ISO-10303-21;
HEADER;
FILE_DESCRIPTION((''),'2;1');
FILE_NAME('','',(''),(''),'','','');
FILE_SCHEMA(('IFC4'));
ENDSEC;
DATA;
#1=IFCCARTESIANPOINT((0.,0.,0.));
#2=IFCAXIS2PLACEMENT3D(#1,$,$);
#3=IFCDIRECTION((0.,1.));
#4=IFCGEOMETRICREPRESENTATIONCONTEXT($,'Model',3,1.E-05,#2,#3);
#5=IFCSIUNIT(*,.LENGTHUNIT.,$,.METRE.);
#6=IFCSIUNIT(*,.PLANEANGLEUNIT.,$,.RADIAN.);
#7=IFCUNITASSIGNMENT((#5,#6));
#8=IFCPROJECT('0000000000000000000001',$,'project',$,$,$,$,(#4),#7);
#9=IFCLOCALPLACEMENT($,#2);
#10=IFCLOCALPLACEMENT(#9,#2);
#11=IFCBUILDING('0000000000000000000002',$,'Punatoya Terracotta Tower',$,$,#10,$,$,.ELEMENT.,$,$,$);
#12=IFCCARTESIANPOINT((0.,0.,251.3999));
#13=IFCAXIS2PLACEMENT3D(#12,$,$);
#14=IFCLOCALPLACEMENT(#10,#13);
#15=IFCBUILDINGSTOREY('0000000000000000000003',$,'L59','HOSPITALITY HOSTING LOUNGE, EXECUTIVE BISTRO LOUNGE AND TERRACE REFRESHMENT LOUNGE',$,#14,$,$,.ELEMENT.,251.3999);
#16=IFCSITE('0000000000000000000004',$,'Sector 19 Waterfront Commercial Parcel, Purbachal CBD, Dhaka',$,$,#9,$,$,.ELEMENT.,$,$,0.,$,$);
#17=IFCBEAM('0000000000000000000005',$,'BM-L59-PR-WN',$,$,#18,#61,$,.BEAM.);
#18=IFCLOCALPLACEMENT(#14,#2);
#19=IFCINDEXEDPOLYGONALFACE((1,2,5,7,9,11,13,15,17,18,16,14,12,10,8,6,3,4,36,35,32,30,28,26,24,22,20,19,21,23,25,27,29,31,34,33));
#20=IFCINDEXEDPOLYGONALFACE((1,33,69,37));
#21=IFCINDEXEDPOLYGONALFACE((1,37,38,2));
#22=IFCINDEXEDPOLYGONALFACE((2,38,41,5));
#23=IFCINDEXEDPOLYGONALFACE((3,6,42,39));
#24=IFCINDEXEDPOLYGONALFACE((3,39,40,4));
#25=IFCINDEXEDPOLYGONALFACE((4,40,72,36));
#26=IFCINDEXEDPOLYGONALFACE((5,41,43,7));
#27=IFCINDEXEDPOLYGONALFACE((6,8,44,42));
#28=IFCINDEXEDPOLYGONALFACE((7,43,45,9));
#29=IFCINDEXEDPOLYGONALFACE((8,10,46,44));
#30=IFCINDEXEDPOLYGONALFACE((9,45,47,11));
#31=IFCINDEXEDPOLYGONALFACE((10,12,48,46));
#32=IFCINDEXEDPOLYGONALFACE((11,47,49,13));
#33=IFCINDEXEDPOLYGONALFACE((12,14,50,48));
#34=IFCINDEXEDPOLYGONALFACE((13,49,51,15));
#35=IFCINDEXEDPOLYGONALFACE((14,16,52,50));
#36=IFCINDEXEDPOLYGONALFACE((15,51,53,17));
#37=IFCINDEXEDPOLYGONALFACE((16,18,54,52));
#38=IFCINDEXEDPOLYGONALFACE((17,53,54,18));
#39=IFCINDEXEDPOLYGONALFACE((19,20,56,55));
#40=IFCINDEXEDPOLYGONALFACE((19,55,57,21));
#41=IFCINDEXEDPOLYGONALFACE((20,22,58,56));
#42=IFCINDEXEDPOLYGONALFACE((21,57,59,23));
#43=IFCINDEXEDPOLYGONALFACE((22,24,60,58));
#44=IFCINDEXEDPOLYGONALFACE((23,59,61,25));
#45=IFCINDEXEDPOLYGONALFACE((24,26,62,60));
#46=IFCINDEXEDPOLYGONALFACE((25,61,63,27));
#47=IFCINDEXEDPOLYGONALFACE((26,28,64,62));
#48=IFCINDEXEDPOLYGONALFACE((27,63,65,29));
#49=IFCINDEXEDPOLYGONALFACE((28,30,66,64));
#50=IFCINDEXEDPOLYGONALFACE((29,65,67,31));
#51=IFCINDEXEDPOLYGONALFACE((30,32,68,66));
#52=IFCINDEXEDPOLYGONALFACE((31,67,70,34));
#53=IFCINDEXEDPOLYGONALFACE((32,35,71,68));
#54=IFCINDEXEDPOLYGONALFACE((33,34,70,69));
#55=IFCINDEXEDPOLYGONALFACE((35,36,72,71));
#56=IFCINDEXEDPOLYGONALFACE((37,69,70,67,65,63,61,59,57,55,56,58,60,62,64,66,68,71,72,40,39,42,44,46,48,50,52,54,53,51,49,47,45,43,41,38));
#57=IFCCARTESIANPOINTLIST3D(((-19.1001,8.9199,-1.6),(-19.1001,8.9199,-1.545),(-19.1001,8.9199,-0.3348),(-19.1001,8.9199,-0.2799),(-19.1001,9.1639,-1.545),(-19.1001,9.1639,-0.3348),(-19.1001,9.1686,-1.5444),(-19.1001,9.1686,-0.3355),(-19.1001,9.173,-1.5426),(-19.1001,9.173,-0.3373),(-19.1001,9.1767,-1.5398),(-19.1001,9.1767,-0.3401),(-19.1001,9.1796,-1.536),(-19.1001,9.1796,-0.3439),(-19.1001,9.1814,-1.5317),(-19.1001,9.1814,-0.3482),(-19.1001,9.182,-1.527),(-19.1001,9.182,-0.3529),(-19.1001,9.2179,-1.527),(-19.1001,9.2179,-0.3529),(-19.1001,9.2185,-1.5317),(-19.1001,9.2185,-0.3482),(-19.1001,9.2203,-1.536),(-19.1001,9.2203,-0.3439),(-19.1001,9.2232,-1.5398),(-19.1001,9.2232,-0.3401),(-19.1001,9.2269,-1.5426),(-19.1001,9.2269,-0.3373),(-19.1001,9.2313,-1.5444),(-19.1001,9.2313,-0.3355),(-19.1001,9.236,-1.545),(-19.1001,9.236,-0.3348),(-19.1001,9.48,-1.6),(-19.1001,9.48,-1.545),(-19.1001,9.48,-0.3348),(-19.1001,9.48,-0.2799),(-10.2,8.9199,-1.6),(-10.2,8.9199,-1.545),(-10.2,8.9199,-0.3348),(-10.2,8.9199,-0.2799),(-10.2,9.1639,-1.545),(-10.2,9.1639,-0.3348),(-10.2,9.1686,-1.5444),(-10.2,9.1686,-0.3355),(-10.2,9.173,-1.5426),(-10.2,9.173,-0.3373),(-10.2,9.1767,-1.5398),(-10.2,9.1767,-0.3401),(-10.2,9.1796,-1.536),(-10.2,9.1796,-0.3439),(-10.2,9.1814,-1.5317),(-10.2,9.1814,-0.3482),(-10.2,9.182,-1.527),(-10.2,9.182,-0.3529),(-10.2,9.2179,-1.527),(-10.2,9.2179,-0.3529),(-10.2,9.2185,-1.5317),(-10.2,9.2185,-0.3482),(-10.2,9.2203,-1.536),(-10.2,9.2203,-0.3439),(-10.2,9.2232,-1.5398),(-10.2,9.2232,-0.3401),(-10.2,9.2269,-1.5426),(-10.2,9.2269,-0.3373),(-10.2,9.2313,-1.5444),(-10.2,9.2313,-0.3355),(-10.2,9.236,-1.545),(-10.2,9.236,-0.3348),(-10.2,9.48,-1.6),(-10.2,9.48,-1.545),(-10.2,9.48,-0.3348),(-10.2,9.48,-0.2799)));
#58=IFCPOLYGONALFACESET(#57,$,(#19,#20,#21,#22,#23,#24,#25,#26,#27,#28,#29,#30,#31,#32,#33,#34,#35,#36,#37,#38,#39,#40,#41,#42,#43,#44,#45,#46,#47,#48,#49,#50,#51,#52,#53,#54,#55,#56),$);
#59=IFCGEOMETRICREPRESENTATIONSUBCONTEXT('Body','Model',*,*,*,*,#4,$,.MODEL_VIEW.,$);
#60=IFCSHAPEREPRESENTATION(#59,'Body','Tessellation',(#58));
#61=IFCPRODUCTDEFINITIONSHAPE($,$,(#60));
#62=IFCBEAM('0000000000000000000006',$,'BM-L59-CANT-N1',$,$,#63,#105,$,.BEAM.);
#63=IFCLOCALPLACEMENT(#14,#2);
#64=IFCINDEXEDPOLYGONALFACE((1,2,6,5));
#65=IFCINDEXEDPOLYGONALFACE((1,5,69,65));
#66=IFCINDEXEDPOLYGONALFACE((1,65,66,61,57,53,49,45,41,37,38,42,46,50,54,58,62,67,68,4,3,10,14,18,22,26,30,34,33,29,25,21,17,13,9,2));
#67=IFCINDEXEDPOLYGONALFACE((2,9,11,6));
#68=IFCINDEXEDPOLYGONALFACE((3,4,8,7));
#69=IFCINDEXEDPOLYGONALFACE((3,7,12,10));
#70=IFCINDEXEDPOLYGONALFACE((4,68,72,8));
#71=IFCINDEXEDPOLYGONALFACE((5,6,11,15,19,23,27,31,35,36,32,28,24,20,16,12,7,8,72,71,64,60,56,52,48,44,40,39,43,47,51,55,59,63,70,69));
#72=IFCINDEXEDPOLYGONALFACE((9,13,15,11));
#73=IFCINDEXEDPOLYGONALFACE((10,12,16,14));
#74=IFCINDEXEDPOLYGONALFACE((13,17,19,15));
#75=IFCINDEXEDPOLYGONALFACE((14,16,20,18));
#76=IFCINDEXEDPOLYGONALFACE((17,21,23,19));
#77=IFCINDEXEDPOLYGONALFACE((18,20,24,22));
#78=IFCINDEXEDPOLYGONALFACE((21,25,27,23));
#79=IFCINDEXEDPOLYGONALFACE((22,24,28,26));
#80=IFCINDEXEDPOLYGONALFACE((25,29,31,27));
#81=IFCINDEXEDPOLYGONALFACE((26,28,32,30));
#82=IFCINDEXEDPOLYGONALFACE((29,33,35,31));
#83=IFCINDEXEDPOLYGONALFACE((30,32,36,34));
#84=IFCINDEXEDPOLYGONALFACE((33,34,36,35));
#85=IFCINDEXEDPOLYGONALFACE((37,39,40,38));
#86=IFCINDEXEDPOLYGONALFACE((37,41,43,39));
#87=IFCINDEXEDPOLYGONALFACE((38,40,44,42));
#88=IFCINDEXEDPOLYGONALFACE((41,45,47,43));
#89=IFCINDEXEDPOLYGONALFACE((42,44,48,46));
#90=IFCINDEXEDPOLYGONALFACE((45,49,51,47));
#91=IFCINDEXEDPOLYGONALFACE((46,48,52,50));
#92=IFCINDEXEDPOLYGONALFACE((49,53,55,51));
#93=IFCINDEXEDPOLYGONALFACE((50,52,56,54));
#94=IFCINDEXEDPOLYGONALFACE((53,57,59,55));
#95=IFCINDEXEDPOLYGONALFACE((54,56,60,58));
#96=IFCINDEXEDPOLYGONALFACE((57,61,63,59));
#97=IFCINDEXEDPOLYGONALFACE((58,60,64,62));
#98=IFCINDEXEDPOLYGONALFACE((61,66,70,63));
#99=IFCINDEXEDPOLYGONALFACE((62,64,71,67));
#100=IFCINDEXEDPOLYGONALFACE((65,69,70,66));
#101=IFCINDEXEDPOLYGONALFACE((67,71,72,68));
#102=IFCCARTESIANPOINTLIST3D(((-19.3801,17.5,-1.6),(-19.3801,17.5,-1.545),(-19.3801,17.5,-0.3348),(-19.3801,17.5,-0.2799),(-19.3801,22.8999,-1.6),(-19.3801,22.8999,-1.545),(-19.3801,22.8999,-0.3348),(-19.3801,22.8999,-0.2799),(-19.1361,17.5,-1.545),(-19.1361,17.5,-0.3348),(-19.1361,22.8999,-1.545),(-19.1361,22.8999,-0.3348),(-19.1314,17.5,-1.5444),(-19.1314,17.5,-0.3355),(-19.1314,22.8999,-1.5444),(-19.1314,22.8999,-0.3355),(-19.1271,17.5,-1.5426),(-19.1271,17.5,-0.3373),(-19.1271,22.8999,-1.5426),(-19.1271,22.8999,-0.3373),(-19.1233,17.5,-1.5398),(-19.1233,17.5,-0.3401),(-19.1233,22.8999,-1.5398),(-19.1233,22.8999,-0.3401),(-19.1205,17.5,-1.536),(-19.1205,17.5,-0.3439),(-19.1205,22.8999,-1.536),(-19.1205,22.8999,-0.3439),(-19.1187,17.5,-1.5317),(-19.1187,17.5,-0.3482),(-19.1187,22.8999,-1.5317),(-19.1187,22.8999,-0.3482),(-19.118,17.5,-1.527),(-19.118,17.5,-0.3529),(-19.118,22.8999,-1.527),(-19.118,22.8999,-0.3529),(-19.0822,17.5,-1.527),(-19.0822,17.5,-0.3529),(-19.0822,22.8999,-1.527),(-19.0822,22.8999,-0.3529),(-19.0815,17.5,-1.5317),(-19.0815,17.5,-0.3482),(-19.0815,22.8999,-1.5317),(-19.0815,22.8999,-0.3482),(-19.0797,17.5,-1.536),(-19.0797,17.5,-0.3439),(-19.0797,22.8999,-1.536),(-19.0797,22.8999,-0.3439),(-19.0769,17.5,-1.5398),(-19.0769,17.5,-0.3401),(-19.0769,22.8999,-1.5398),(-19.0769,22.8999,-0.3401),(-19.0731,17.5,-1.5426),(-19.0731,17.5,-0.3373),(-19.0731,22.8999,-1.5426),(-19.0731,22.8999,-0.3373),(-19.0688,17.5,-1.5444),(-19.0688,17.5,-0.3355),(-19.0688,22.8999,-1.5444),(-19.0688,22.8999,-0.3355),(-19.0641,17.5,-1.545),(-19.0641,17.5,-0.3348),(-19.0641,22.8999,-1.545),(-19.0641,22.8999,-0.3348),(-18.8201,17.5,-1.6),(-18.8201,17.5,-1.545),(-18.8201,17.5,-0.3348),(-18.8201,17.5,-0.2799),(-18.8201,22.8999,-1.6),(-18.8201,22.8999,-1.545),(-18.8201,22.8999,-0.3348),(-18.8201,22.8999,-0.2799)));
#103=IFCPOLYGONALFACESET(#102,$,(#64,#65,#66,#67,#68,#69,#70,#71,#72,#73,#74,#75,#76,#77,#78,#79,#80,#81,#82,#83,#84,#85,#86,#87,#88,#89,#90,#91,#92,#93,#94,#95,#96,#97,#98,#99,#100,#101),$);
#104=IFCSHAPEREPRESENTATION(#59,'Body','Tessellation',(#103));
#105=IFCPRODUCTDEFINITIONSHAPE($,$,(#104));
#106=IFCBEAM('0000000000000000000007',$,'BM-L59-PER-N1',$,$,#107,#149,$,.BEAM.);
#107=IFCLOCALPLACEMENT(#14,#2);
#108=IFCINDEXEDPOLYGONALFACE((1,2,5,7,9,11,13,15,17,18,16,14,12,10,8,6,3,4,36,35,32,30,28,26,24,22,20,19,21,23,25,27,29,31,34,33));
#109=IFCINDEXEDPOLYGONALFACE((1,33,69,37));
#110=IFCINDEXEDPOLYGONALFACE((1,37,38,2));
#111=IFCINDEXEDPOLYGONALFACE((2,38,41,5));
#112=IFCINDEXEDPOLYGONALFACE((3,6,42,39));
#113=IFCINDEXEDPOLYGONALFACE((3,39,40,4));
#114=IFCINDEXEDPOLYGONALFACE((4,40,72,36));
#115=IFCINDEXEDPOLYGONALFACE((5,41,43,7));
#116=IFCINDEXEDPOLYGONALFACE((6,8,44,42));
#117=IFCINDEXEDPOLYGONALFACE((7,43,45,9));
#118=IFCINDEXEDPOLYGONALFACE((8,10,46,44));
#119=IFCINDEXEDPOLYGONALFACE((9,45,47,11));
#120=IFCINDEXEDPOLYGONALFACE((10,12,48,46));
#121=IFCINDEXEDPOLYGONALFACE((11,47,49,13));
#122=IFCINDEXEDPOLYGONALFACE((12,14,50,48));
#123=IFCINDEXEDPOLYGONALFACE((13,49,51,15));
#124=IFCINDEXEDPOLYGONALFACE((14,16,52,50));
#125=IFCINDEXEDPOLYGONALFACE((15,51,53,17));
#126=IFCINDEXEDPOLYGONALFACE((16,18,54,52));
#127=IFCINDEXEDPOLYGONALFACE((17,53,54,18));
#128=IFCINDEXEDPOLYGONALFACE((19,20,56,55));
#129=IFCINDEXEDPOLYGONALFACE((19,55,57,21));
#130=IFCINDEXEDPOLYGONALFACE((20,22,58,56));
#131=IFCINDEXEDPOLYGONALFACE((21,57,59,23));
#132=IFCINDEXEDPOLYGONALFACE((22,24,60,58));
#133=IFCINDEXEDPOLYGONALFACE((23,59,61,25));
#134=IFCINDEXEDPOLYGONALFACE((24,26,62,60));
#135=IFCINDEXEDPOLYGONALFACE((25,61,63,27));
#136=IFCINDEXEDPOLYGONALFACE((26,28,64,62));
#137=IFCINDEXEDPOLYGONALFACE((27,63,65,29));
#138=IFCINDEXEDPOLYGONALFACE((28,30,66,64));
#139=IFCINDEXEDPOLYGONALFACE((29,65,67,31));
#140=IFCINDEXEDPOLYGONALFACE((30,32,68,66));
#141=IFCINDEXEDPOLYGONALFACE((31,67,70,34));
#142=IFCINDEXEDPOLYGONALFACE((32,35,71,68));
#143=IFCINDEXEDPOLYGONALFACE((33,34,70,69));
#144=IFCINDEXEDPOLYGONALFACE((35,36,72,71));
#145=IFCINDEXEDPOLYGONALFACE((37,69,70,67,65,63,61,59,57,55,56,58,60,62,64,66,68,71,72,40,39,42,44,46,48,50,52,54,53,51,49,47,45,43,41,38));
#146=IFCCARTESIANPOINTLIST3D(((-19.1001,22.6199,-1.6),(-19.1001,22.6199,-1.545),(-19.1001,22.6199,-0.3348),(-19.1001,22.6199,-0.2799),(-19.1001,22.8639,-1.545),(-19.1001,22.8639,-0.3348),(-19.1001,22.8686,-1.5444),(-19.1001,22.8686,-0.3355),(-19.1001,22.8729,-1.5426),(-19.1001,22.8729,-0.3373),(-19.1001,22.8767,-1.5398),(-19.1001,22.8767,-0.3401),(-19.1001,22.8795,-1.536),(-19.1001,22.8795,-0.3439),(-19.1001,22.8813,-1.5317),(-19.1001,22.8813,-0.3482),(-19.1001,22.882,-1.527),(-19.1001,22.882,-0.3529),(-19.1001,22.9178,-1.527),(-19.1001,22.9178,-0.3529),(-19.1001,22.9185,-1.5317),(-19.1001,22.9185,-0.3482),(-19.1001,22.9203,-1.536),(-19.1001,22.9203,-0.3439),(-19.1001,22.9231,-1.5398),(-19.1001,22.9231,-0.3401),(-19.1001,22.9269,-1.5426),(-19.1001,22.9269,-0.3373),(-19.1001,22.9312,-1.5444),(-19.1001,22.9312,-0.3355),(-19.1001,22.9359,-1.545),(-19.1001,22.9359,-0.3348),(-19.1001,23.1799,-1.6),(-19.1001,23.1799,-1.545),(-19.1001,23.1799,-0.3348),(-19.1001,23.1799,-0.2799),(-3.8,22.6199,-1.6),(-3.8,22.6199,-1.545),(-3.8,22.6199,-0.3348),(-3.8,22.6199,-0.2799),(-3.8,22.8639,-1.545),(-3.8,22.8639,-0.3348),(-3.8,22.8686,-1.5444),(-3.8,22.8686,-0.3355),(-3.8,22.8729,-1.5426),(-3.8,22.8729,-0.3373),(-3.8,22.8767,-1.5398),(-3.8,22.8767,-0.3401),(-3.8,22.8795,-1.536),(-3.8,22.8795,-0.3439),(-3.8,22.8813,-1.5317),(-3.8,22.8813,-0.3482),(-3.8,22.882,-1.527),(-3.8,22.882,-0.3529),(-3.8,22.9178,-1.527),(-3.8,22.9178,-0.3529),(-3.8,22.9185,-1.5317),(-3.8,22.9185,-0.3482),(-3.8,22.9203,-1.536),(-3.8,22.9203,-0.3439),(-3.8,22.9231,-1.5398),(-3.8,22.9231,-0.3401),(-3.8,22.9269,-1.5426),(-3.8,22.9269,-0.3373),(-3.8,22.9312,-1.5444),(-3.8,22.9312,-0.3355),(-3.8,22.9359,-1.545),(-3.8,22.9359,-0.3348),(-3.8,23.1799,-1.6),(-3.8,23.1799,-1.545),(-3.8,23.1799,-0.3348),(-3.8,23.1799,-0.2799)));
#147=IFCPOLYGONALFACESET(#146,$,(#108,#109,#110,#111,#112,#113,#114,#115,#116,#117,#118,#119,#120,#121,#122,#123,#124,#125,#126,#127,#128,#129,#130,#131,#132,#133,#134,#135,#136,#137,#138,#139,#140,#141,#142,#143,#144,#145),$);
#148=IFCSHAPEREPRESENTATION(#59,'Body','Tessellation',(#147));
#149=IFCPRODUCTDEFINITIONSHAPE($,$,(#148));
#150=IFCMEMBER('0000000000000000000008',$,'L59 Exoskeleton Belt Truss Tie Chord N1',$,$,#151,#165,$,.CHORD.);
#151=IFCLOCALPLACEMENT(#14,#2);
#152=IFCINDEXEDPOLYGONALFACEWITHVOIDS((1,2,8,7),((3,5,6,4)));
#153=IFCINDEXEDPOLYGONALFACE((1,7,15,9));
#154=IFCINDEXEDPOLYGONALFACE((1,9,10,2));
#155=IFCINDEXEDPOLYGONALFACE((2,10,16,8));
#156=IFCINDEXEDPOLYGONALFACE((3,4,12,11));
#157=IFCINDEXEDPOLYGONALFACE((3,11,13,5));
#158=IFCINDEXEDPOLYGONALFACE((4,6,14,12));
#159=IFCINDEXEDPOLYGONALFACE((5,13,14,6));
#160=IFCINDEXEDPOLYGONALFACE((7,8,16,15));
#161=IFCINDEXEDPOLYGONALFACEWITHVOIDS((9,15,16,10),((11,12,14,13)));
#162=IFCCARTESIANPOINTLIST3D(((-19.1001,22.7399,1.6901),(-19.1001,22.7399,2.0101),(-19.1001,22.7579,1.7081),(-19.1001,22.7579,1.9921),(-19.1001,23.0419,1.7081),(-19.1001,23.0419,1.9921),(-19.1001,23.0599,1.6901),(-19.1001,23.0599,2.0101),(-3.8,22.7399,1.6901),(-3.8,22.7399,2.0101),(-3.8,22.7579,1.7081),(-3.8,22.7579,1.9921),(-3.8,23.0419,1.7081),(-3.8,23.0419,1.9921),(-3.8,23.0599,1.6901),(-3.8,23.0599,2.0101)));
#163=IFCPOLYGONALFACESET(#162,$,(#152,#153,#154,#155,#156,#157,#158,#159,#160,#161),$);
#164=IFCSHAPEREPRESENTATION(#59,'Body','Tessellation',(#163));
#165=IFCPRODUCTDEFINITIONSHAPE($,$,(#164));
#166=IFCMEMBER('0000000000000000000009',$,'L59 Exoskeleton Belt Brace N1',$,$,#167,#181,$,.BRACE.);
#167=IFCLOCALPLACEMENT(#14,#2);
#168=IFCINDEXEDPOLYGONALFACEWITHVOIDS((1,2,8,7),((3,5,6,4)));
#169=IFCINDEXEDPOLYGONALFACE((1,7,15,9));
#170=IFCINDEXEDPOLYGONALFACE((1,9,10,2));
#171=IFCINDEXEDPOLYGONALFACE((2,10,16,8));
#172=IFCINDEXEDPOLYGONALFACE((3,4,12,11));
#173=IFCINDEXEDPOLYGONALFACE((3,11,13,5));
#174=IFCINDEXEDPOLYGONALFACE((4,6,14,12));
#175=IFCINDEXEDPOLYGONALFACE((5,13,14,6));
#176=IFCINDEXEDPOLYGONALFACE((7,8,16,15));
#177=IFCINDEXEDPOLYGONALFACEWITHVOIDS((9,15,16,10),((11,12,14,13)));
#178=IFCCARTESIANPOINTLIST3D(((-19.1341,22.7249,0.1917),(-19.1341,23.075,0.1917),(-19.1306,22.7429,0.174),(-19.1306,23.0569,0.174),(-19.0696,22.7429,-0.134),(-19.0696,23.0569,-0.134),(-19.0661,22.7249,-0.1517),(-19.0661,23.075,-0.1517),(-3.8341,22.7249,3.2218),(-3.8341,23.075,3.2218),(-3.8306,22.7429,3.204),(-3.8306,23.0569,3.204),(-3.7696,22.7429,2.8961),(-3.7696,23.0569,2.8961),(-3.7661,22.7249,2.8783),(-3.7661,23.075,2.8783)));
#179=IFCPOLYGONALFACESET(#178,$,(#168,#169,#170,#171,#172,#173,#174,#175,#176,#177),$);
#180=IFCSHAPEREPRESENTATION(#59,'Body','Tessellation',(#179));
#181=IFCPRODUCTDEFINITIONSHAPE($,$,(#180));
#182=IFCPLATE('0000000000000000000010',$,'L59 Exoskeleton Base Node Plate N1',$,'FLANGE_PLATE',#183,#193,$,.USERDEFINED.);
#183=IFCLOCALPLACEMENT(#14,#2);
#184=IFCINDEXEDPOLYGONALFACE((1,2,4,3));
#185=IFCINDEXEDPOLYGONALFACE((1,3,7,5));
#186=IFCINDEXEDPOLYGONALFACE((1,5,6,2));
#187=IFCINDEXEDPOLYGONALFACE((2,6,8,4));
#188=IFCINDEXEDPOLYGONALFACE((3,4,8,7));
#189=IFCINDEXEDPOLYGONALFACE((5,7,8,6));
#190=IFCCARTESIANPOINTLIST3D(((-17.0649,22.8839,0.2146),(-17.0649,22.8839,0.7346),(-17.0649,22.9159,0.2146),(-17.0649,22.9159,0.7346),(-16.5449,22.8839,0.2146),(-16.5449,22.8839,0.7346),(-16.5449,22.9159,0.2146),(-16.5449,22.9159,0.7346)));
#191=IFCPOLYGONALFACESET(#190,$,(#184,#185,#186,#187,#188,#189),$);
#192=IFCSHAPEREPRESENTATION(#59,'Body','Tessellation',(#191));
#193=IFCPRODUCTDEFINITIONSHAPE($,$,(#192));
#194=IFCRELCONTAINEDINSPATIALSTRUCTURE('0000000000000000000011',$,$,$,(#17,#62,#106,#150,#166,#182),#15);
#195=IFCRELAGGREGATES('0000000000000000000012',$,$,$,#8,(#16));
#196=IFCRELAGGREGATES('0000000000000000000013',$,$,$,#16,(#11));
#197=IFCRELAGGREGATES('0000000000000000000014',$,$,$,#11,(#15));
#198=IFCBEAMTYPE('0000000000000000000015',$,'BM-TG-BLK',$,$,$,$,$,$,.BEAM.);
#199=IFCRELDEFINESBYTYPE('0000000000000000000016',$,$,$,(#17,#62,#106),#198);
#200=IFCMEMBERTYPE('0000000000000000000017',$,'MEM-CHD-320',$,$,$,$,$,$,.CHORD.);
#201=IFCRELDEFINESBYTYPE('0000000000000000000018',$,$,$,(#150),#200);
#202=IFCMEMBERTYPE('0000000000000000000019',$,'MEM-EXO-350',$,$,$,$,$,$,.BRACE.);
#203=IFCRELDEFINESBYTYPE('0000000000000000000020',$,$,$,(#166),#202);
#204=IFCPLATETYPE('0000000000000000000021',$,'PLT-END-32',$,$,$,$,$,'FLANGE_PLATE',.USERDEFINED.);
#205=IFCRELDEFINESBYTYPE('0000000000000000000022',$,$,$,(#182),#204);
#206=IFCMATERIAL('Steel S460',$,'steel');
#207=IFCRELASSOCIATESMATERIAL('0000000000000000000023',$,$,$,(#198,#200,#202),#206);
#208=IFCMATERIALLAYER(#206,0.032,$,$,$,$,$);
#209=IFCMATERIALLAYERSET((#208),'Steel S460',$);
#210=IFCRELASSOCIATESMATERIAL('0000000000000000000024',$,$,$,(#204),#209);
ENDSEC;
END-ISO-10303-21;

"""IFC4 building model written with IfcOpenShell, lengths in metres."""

from ifc_helpers import new_model, si_unit, direction, frame, origin, origin_2d, place, context, subcontext, project, spatial, rectangle, hollow_rectangle, i_section, extrude, material, layer, layer_set, material_profile, profile_set, type_object, element, save


model = new_model("IFC4")

# Units and contexts
model_context = context("Model", 3, precision=1e-05, world=origin(), true_north=direction((0.0, 1.0)))
body_context = subcontext(model_context, "Body", "Model", "MODEL_VIEW")
ifc_project = project(units=[si_unit("LENGTHUNIT", "METRE"), si_unit("PLANEANGLEUNIT", "RADIAN")], contexts=[model_context])

# Site, building, storey
site_placement = place(None, origin())
site = spatial("IfcSite", under=ifc_project, at=site_placement, Name="Sector 19 Waterfront Commercial Parcel, Purbachal CBD, Dhaka", CompositionType="ELEMENT", RefElevation=0.0)
building_placement = place(site_placement, origin())
building = spatial("IfcBuilding", under=site, at=building_placement, Name="Punatoya Terracotta Tower", CompositionType="ELEMENT")
storey_placement = place(building_placement, frame((0.0, 0.0, 251.3999)))
storey = spatial("IfcBuildingStorey", under=building, at=storey_placement, Name="L59", Description="HOSPITALITY HOSTING LOUNGE, EXECUTIVE BISTRO LOUNGE AND TERRACE REFRESHMENT LOUNGE", CompositionType="ELEMENT", Elevation=251.3999)

# Shared definitions
ifc_material_1 = material(Name="Steel S460", Category="steel")

# Beams
ifc_material_profile_1 = material_profile(ifc_material_1, i_section(OverallWidth=0.5601, OverallDepth=1.3201, WebThickness=0.0359, FlangeThickness=0.0549, FilletRadius=0.0181, at=origin_2d()))
ifc_profile_set_1 = profile_set([ifc_material_profile_1], Name="Steel S460")
beam_type_1 = type_object("IfcBeamType", Name="BM-TG-BLK", PredefinedType="BEAM", material=ifc_profile_set_1)
beam_1_placement = place(storey_placement, frame((-19.1001, 9.2, -0.9399), z_axis=(1.0, 0.0, 0.0), x_axis=(0.0, 1.0, 0.0)))
element("IfcBeam", 1, at=beam_1_placement, inside=storey, type_object=beam_type_1, Name="BM-L59-PR-WN", PredefinedType="BEAM", context=body_context, shape_type="SweptSolid", body=[
    extrude(i_section(OverallWidth=0.5601, OverallDepth=1.3201, WebThickness=0.0359, FlangeThickness=0.0549, FilletRadius=0.0181, at=origin_2d()), origin(), (0.0, 0.0, 1.0), 8.9001),
])
beam_2_placement = place(storey_placement, frame((-19.1001, 17.5, -0.9399), z_axis=(0.0, 1.0, 0.0), x_axis=(-1.0, 0.0, 0.0)))
element("IfcBeam", 2, at=beam_2_placement, inside=storey, type_object=beam_type_1, Name="BM-L59-CANT-N1", PredefinedType="BEAM", context=body_context, shape_type="SweptSolid", body=[
    extrude(i_section(OverallWidth=0.5601, OverallDepth=1.3201, WebThickness=0.0359, FlangeThickness=0.0549, FilletRadius=0.0181, at=origin_2d()), origin(), (0.0, 0.0, 1.0), 5.3999),
])
beam_3_placement = place(storey_placement, frame((-19.1001, 22.8999, -0.9399), z_axis=(1.0, 0.0, 0.0), x_axis=(0.0, 1.0, 0.0)))
element("IfcBeam", 3, at=beam_3_placement, inside=storey, type_object=beam_type_1, Name="BM-L59-PER-N1", PredefinedType="BEAM", context=body_context, shape_type="SweptSolid", body=[
    extrude(i_section(OverallWidth=0.5601, OverallDepth=1.3201, WebThickness=0.0359, FlangeThickness=0.0549, FilletRadius=0.0181, at=origin_2d()), origin(), (0.0, 0.0, 1.0), 15.3),
])

# Members
ifc_material_profile_2 = material_profile(ifc_material_1, hollow_rectangle(XDim=0.3201, YDim=0.3201, WallThickness=0.0181, at=origin_2d()))
ifc_profile_set_2 = profile_set([ifc_material_profile_2], Name="Steel S460")
member_type_1 = type_object("IfcMemberType", Name="MEM-CHD-320", PredefinedType="CHORD", material=ifc_profile_set_2)
member_1_placement = place(storey_placement, frame((-19.1001, 22.8999, 1.8501), z_axis=(1.0, 0.0, 0.0), x_axis=(0.0, 1.0, 0.0)))
element("IfcMember", 4, at=member_1_placement, inside=storey, type_object=member_type_1, Name="L59 Exoskeleton Belt Truss Tie Chord N1", PredefinedType="CHORD", context=body_context, shape_type="SweptSolid", body=[
    extrude(hollow_rectangle(XDim=0.3201, YDim=0.3201, WallThickness=0.0181, at=origin_2d()), origin(), (0.0, 0.0, 1.0), 15.3),
])
ifc_material_profile_3 = material_profile(ifc_material_1, hollow_rectangle(XDim=0.3501, YDim=0.3501, WallThickness=0.0181, at=origin_2d()))
ifc_profile_set_3 = profile_set([ifc_material_profile_3], Name="Steel S460")
member_type_2 = type_object("IfcMemberType", Name="MEM-EXO-350", PredefinedType="BRACE", material=ifc_profile_set_3)
member_2_placement = place(storey_placement, frame((-19.1001, 22.8999, 0.02), z_axis=(0.980949, 0.0, 0.194268), x_axis=(0.0, 1.0, 0.0)))
element("IfcMember", 5, at=member_2_placement, inside=storey, type_object=member_type_2, Name="L59 Exoskeleton Belt Brace N1", PredefinedType="BRACE", context=body_context, shape_type="SweptSolid", body=[
    extrude(hollow_rectangle(XDim=0.3501, YDim=0.3501, WallThickness=0.0181, at=origin_2d()), origin(), (0.0, 0.0, 1.0), 15.5972),
])

# Plate
ifc_layer_1 = layer(ifc_material_1, 0.032)
ifc_layer_set_1 = layer_set([ifc_layer_1], Name="Steel S460")
plate_type_1 = type_object("IfcPlateType", Name="PLT-END-32", ElementType="FLANGE_PLATE", PredefinedType="USERDEFINED", material=ifc_layer_set_1)
plate_1_placement = place(storey_placement, frame((-16.8049, 22.8999, 0.2146), z_axis=(0.0, 0.0, 1.0), x_axis=(1.0, 0.0, 0.0)))
element("IfcPlate", 6, at=plate_1_placement, inside=storey, type_object=plate_type_1, Name="L59 Exoskeleton Base Node Plate N1", ObjectType="FLANGE_PLATE", PredefinedType="USERDEFINED", context=body_context, shape_type="SweptSolid", body=[
    extrude(rectangle(XDim=0.52, YDim=0.032, at=origin_2d()), origin(), (0.0, 0.0, 1.0), 0.52),
])

save(model, "model.ifc")
